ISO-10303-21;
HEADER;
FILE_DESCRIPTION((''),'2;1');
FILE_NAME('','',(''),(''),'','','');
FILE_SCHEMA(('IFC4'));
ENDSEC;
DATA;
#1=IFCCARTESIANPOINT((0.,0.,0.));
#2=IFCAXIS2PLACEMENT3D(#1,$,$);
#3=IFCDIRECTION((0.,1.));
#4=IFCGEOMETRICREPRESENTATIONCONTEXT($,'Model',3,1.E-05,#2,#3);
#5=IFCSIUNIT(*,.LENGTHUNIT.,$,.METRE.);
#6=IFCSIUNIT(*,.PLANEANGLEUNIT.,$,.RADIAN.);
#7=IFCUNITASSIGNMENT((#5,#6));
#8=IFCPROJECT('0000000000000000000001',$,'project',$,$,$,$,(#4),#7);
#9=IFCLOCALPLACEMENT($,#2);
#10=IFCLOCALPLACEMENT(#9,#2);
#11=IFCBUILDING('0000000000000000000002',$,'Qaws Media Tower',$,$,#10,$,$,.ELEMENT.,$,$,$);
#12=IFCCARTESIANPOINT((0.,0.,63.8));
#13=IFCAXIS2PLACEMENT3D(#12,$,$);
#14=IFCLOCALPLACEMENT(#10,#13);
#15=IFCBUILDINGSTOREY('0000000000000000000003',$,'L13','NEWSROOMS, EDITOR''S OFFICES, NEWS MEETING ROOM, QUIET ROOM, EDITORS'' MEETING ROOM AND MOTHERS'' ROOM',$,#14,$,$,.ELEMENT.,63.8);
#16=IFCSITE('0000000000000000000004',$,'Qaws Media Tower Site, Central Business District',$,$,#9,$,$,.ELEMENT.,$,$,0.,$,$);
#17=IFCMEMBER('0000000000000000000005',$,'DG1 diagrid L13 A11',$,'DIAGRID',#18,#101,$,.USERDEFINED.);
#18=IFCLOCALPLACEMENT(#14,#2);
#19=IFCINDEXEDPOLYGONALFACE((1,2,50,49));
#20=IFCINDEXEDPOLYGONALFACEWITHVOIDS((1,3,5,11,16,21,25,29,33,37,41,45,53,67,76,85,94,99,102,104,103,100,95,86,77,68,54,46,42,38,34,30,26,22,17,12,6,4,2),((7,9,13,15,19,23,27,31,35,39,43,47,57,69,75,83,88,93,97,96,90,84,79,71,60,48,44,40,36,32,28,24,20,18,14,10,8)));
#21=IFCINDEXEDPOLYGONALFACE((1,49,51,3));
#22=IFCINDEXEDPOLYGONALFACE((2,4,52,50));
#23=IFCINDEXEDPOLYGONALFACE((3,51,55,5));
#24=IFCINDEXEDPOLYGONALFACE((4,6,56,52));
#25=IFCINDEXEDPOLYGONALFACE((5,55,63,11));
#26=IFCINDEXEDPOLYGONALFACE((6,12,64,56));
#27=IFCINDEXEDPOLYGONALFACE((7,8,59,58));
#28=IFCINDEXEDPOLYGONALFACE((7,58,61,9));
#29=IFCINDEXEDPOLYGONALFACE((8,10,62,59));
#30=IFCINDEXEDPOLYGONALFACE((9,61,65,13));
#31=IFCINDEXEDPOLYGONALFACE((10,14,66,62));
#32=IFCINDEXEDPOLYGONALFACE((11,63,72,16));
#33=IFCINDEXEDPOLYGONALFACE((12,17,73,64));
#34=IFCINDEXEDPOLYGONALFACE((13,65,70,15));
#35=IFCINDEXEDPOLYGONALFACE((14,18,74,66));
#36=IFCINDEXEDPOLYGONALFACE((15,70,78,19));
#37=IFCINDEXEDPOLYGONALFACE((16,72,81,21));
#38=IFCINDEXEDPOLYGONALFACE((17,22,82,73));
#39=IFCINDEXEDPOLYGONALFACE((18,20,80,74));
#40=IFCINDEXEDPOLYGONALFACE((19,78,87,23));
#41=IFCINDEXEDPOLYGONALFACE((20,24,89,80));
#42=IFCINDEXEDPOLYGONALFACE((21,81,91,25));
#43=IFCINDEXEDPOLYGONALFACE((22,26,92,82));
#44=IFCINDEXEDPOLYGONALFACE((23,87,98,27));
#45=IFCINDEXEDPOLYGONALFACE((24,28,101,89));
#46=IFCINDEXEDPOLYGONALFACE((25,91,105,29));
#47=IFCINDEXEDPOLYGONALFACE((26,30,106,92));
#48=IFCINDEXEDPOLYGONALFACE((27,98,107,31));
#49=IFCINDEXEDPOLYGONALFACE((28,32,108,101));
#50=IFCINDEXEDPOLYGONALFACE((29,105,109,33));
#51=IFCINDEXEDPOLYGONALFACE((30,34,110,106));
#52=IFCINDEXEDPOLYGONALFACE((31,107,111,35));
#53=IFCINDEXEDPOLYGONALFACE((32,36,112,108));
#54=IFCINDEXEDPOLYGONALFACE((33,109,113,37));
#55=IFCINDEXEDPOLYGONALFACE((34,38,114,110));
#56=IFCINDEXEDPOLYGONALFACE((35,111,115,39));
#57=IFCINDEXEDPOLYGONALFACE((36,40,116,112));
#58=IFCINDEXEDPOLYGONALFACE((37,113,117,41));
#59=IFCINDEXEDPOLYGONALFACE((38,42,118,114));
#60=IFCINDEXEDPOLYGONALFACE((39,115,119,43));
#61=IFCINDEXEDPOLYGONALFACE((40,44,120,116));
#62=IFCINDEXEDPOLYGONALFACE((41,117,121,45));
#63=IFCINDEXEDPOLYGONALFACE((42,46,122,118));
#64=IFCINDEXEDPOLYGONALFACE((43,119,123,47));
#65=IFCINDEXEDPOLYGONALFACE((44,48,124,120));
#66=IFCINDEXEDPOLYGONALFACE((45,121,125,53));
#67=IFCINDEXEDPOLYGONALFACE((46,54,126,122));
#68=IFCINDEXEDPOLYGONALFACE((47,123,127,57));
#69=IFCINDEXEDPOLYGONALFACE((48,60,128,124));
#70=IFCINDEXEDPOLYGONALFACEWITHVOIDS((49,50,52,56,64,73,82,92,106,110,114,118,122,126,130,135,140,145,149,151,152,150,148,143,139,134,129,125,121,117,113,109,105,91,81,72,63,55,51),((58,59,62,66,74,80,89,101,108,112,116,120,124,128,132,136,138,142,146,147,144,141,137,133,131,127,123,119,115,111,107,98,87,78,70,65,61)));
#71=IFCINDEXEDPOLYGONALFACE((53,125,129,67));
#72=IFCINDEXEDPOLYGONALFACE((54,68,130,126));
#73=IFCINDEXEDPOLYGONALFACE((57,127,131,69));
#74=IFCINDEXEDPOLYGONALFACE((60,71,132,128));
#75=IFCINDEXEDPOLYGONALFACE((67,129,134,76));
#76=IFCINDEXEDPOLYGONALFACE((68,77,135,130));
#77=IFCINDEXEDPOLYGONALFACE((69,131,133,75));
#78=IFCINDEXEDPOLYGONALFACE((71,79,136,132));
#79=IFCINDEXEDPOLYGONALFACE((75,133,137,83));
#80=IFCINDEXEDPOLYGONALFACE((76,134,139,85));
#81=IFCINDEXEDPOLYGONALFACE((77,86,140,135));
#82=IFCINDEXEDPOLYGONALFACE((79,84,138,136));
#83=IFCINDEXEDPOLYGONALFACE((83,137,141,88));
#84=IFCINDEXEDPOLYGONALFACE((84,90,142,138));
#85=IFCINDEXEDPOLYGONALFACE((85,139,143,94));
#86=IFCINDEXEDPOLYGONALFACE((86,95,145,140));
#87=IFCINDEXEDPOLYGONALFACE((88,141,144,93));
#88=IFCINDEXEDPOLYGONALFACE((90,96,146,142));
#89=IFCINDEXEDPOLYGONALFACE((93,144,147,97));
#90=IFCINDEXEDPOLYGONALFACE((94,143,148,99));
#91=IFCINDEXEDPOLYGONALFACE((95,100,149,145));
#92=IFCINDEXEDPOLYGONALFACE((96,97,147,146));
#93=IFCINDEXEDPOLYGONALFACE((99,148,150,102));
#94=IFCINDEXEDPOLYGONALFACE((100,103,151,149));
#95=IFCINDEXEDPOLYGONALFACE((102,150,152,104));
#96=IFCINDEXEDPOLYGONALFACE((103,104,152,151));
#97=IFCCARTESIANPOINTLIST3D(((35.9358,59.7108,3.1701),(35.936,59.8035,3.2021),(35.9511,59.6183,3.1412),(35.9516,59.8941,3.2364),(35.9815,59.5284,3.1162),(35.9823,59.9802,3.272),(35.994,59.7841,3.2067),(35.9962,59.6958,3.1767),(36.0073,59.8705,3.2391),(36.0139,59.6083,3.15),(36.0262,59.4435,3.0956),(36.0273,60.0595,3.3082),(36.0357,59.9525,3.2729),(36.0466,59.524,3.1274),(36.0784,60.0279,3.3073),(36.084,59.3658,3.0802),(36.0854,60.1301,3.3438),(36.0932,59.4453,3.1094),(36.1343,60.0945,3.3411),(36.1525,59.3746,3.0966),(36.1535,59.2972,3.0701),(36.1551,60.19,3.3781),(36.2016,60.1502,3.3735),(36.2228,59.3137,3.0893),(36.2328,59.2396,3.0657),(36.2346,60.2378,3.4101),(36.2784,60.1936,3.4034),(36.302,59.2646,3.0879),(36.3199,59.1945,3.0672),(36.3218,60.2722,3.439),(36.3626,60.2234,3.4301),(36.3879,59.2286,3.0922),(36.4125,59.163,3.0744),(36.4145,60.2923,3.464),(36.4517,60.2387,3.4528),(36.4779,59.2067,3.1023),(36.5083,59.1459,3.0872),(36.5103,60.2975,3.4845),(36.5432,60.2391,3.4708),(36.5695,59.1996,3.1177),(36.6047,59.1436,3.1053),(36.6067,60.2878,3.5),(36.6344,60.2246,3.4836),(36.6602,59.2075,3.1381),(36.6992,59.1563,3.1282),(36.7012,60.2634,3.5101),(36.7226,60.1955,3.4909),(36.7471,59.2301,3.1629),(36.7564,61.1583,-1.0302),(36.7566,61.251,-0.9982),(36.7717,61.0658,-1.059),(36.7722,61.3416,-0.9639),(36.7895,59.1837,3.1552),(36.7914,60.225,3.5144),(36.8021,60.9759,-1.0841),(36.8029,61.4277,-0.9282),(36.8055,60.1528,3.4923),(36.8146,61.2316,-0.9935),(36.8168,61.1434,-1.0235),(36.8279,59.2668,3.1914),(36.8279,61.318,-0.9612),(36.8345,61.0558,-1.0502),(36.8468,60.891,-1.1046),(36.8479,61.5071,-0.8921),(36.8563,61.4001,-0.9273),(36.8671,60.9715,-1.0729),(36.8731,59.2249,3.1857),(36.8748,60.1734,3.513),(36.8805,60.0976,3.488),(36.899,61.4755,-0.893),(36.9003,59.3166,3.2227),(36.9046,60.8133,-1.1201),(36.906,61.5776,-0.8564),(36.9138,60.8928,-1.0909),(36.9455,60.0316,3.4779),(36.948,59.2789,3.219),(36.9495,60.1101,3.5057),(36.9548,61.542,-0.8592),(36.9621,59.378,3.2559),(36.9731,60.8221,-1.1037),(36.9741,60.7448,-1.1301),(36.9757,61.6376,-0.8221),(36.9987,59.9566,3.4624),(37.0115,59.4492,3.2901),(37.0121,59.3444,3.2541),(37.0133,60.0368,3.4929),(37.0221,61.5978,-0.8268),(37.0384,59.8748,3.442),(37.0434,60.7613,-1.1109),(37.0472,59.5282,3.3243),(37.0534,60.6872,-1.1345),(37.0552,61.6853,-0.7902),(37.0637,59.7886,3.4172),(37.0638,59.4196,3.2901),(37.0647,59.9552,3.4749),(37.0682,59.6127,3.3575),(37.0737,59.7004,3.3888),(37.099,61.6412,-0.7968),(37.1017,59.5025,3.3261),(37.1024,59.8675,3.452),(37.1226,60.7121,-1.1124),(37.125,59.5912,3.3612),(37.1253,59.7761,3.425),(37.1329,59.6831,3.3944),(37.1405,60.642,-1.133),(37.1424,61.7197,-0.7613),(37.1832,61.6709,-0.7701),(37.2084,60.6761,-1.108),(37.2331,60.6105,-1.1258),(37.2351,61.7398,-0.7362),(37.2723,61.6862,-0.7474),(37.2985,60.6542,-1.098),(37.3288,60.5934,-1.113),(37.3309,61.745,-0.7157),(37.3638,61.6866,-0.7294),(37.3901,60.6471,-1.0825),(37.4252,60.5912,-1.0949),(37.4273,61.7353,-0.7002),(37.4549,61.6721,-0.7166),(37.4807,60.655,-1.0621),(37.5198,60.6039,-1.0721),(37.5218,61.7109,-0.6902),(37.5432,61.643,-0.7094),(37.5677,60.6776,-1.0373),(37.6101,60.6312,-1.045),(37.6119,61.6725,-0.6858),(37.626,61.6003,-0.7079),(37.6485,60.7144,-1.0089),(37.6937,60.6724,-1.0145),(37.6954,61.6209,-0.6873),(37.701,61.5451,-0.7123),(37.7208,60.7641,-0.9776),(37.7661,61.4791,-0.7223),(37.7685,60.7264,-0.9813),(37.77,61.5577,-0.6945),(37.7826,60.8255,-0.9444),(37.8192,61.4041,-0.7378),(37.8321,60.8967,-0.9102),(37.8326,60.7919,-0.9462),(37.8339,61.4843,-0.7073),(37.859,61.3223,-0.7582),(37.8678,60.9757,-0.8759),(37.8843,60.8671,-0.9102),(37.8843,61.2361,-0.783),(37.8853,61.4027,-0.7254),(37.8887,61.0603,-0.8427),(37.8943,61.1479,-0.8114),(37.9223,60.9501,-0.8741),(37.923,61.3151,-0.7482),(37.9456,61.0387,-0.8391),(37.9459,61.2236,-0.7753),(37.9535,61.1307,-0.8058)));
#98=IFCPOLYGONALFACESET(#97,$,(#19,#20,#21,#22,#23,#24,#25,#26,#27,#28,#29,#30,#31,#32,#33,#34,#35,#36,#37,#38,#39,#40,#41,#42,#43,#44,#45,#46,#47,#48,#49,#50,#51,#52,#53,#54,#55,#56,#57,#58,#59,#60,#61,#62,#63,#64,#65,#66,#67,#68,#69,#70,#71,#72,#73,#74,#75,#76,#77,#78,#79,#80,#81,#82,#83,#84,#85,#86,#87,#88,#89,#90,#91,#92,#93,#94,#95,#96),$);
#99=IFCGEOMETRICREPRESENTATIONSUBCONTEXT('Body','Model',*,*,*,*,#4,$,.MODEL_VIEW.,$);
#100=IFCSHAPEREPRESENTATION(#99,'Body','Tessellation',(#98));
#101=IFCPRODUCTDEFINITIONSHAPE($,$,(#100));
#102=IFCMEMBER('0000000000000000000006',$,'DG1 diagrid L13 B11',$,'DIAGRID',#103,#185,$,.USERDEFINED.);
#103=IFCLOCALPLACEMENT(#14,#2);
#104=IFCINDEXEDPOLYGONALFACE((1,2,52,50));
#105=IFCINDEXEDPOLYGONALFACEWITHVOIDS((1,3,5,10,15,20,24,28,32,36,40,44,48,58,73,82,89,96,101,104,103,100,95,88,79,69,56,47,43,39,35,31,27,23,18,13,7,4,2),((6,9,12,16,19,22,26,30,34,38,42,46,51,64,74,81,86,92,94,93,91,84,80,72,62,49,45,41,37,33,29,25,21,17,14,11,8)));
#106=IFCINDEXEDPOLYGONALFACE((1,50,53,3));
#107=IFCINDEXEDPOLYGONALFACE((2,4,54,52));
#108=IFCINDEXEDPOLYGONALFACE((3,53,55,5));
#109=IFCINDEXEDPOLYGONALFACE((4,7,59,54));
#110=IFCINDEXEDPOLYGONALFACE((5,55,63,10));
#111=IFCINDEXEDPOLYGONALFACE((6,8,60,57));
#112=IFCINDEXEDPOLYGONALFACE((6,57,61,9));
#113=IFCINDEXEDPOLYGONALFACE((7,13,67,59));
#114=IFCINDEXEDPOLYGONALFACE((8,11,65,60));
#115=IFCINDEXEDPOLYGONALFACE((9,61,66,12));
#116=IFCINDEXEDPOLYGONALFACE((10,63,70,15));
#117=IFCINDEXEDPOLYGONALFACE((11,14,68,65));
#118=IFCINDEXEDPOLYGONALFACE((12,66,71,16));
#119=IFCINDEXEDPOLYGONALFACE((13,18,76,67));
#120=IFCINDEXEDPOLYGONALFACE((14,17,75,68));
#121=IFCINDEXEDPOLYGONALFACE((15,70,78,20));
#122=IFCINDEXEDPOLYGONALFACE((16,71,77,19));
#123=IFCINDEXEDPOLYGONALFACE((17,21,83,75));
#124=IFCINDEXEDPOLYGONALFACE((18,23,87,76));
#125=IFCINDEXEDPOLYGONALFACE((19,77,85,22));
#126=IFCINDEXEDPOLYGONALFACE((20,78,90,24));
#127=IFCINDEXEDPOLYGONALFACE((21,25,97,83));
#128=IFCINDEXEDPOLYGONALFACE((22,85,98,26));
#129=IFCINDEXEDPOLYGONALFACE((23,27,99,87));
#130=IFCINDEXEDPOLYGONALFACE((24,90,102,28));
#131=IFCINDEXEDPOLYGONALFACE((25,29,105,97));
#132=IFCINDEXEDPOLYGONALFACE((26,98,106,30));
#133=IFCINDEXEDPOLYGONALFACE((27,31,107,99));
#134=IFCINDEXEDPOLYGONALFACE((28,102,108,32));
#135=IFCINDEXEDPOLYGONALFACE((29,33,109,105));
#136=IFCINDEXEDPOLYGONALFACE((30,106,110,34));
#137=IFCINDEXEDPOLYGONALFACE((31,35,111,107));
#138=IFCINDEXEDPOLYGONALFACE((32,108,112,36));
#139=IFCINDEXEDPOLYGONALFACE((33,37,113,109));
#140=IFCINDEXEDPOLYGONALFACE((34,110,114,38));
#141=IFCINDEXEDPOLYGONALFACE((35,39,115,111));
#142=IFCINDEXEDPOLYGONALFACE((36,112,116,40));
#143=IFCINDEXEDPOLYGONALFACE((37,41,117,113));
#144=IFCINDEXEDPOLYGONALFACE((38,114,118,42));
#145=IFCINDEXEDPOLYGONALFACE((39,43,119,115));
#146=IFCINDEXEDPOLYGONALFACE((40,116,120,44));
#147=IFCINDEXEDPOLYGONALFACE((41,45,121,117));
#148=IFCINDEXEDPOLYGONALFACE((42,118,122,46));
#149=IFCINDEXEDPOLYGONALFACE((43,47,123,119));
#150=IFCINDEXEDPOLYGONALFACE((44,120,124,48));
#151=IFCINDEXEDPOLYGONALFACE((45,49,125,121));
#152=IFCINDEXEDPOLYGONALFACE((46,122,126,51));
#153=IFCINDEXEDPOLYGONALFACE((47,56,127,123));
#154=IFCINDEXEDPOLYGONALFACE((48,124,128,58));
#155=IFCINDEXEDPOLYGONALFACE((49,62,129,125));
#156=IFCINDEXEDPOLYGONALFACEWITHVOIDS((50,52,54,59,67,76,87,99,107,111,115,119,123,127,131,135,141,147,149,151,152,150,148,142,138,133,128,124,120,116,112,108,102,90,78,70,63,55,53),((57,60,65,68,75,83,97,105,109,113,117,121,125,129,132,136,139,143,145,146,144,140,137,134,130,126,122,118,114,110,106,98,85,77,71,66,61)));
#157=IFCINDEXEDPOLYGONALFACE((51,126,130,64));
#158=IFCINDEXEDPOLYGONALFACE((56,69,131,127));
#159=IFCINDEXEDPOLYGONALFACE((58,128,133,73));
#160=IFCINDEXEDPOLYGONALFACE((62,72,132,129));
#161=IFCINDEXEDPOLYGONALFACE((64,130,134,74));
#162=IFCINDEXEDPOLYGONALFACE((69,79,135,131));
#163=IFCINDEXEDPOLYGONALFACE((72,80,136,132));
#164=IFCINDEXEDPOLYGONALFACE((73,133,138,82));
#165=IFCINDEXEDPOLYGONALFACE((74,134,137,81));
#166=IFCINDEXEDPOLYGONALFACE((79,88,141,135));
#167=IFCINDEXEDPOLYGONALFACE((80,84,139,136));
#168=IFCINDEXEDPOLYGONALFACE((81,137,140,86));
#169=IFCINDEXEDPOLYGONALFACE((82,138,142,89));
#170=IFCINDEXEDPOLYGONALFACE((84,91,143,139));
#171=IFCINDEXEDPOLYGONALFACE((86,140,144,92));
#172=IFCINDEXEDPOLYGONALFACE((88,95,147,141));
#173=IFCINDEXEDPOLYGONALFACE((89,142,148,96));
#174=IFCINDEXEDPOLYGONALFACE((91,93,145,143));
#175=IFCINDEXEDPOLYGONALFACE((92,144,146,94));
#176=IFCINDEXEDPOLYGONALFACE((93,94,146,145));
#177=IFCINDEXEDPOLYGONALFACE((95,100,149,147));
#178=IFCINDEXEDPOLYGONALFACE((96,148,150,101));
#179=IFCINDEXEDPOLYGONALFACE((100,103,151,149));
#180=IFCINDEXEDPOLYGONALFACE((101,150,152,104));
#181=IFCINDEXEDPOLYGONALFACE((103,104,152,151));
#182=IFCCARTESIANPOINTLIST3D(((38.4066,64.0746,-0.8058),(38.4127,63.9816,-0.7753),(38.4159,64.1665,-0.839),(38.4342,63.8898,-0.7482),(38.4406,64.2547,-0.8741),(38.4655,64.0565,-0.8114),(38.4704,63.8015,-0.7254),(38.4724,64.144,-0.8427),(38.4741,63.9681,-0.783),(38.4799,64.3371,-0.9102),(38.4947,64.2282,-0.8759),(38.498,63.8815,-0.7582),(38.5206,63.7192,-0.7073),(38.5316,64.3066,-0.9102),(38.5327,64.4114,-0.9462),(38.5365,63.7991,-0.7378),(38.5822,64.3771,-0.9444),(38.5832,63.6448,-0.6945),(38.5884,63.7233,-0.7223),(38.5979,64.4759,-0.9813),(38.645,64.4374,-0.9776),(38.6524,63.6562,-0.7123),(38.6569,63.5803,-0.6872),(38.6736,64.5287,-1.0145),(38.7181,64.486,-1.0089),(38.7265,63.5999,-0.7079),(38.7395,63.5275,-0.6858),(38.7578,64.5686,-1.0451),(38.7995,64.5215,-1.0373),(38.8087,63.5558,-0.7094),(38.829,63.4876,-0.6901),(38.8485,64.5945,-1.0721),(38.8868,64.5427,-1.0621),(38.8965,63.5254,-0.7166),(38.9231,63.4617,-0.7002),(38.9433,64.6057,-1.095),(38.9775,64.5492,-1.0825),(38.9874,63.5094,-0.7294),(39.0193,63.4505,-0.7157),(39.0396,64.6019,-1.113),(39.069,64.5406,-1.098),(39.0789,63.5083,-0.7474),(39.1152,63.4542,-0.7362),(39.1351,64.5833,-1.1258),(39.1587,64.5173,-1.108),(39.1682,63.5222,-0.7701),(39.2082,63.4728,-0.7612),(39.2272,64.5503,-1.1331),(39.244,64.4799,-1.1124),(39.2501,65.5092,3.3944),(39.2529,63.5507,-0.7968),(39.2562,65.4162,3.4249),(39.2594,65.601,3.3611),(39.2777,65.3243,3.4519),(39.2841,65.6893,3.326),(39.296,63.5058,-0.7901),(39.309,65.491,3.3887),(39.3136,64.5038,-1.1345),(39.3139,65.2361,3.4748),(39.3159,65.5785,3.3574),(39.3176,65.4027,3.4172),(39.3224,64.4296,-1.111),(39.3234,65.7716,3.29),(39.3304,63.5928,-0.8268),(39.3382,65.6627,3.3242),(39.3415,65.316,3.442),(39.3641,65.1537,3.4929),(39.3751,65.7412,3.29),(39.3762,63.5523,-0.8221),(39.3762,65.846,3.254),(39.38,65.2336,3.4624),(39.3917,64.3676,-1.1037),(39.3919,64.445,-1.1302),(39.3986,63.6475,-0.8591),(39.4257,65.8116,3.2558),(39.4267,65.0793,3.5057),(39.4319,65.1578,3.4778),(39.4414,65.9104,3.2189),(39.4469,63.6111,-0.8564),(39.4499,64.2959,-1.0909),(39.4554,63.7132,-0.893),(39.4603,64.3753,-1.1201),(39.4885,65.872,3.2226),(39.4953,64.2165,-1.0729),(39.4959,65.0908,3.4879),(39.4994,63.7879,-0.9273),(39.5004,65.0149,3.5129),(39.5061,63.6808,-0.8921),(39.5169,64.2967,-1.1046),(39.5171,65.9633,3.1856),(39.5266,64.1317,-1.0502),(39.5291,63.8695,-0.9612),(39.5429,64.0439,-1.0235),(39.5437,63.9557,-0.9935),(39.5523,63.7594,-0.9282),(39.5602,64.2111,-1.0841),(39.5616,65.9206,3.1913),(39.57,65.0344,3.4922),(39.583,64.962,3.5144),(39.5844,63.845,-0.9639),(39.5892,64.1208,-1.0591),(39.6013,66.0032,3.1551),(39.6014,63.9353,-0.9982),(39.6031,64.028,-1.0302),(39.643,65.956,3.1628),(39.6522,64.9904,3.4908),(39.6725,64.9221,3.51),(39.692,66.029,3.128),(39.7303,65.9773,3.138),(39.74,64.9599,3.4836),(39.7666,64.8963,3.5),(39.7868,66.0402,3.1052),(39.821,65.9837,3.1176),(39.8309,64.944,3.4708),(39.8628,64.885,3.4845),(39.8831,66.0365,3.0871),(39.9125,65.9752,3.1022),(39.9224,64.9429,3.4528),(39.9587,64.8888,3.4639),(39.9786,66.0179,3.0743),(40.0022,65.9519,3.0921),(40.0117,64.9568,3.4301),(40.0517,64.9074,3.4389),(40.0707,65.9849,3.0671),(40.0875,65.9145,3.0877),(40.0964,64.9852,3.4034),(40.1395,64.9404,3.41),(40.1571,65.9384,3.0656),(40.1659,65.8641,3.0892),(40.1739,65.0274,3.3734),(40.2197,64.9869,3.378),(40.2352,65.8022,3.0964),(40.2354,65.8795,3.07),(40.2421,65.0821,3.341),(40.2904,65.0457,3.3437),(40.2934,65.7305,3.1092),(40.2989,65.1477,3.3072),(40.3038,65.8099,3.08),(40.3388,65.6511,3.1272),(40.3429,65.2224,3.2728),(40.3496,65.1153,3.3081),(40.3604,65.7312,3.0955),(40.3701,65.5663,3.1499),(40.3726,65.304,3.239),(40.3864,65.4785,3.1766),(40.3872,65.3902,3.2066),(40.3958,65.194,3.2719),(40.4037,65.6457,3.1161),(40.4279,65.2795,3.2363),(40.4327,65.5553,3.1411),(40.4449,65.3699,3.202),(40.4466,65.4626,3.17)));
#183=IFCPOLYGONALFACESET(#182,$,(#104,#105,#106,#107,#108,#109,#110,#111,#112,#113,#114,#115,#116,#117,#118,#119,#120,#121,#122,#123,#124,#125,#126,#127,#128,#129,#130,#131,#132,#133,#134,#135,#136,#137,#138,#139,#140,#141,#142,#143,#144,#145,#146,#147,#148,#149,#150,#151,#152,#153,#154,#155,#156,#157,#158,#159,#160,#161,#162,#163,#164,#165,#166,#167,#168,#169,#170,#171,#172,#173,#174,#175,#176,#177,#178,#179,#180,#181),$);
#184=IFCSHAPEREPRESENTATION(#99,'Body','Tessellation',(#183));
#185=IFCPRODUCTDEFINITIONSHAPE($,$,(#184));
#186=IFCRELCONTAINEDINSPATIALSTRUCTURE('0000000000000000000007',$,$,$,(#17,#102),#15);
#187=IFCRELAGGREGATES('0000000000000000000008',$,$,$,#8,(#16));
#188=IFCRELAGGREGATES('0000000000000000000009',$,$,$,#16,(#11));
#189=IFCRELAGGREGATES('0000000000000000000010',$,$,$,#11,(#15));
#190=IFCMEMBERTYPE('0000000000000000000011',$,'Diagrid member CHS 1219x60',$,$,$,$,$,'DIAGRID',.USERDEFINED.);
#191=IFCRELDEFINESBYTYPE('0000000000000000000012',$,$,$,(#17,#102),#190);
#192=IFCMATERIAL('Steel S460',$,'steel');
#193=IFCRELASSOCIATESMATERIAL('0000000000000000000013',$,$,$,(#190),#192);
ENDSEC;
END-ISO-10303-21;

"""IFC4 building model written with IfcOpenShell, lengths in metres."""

from ifc_helpers import new_model, si_unit, direction, frame, origin, origin_2d, place, context, subcontext, project, spatial, hollow_circle, extrude, material, material_profile, profile_set, type_object, element, save


model = new_model("IFC4")

# Units and contexts
model_context = context("Model", 3, precision=1e-05, world=origin(), true_north=direction((0.0, 1.0)))
body_context = subcontext(model_context, "Body", "Model", "MODEL_VIEW")
ifc_project = project(units=[si_unit("LENGTHUNIT", "METRE"), si_unit("PLANEANGLEUNIT", "RADIAN")], contexts=[model_context])

# Site, building, storey
site_placement = place(None, origin())
site = spatial("IfcSite", under=ifc_project, at=site_placement, Name="Qaws Media Tower Site, Central Business District", CompositionType="ELEMENT", RefElevation=0.0)
building_placement = place(site_placement, origin())
building = spatial("IfcBuilding", under=site, at=building_placement, Name="Qaws Media Tower", CompositionType="ELEMENT")
storey_placement = place(building_placement, frame((0.0, 0.0, 63.8)))
storey = spatial("IfcBuildingStorey", under=building, at=storey_placement, Name="L13", Description="NEWSROOMS, EDITOR'S OFFICES, NEWS MEETING ROOM, QUIET ROOM, EDITORS' MEETING ROOM AND MOTHERS' ROOM", CompositionType="ELEMENT", Elevation=63.8)

# Members
ifc_material_1 = material(Name="Steel S460", Category="steel")
ifc_material_profile_1 = material_profile(ifc_material_1, hollow_circle(Radius=0.6096, WallThickness=0.0601, at=origin_2d()), Name="CHS 1219x60")
ifc_profile_set_1 = profile_set([ifc_material_profile_1], Name="Steel S460")
member_type_1 = type_object("IfcMemberType", Name="Diagrid member CHS 1219x60", ElementType="DIAGRID", PredefinedType="USERDEFINED", material=ifc_profile_set_1)
for number, where, z_axis, x_axis, name in (
    (1, (37.354, 61.1677, -0.9102), (-0.181629, -0.320404, 0.929706), (0.869945, -0.49315, 0.0), "DG1 diagrid L13 A11"),
    (2, (39.0054, 64.0281, -0.9102), (0.186704, 0.317533, 0.929685), (-0.862028, 0.50686, 0.0), "DG1 diagrid L13 B11"),
):
    element("IfcMember", number, at=place(storey_placement, frame(where, z_axis=z_axis, x_axis=x_axis)), inside=storey, type_object=member_type_1, Name=name, ObjectType="DIAGRID", PredefinedType="USERDEFINED", context=body_context, shape_type="SweptSolid", body=[
        extrude(hollow_circle(Radius=0.6096, WallThickness=0.0601, at=origin_2d()), origin(), (0.0, 0.0, 1.0), 4.5178),
    ])

save(model, "model.ifc")
